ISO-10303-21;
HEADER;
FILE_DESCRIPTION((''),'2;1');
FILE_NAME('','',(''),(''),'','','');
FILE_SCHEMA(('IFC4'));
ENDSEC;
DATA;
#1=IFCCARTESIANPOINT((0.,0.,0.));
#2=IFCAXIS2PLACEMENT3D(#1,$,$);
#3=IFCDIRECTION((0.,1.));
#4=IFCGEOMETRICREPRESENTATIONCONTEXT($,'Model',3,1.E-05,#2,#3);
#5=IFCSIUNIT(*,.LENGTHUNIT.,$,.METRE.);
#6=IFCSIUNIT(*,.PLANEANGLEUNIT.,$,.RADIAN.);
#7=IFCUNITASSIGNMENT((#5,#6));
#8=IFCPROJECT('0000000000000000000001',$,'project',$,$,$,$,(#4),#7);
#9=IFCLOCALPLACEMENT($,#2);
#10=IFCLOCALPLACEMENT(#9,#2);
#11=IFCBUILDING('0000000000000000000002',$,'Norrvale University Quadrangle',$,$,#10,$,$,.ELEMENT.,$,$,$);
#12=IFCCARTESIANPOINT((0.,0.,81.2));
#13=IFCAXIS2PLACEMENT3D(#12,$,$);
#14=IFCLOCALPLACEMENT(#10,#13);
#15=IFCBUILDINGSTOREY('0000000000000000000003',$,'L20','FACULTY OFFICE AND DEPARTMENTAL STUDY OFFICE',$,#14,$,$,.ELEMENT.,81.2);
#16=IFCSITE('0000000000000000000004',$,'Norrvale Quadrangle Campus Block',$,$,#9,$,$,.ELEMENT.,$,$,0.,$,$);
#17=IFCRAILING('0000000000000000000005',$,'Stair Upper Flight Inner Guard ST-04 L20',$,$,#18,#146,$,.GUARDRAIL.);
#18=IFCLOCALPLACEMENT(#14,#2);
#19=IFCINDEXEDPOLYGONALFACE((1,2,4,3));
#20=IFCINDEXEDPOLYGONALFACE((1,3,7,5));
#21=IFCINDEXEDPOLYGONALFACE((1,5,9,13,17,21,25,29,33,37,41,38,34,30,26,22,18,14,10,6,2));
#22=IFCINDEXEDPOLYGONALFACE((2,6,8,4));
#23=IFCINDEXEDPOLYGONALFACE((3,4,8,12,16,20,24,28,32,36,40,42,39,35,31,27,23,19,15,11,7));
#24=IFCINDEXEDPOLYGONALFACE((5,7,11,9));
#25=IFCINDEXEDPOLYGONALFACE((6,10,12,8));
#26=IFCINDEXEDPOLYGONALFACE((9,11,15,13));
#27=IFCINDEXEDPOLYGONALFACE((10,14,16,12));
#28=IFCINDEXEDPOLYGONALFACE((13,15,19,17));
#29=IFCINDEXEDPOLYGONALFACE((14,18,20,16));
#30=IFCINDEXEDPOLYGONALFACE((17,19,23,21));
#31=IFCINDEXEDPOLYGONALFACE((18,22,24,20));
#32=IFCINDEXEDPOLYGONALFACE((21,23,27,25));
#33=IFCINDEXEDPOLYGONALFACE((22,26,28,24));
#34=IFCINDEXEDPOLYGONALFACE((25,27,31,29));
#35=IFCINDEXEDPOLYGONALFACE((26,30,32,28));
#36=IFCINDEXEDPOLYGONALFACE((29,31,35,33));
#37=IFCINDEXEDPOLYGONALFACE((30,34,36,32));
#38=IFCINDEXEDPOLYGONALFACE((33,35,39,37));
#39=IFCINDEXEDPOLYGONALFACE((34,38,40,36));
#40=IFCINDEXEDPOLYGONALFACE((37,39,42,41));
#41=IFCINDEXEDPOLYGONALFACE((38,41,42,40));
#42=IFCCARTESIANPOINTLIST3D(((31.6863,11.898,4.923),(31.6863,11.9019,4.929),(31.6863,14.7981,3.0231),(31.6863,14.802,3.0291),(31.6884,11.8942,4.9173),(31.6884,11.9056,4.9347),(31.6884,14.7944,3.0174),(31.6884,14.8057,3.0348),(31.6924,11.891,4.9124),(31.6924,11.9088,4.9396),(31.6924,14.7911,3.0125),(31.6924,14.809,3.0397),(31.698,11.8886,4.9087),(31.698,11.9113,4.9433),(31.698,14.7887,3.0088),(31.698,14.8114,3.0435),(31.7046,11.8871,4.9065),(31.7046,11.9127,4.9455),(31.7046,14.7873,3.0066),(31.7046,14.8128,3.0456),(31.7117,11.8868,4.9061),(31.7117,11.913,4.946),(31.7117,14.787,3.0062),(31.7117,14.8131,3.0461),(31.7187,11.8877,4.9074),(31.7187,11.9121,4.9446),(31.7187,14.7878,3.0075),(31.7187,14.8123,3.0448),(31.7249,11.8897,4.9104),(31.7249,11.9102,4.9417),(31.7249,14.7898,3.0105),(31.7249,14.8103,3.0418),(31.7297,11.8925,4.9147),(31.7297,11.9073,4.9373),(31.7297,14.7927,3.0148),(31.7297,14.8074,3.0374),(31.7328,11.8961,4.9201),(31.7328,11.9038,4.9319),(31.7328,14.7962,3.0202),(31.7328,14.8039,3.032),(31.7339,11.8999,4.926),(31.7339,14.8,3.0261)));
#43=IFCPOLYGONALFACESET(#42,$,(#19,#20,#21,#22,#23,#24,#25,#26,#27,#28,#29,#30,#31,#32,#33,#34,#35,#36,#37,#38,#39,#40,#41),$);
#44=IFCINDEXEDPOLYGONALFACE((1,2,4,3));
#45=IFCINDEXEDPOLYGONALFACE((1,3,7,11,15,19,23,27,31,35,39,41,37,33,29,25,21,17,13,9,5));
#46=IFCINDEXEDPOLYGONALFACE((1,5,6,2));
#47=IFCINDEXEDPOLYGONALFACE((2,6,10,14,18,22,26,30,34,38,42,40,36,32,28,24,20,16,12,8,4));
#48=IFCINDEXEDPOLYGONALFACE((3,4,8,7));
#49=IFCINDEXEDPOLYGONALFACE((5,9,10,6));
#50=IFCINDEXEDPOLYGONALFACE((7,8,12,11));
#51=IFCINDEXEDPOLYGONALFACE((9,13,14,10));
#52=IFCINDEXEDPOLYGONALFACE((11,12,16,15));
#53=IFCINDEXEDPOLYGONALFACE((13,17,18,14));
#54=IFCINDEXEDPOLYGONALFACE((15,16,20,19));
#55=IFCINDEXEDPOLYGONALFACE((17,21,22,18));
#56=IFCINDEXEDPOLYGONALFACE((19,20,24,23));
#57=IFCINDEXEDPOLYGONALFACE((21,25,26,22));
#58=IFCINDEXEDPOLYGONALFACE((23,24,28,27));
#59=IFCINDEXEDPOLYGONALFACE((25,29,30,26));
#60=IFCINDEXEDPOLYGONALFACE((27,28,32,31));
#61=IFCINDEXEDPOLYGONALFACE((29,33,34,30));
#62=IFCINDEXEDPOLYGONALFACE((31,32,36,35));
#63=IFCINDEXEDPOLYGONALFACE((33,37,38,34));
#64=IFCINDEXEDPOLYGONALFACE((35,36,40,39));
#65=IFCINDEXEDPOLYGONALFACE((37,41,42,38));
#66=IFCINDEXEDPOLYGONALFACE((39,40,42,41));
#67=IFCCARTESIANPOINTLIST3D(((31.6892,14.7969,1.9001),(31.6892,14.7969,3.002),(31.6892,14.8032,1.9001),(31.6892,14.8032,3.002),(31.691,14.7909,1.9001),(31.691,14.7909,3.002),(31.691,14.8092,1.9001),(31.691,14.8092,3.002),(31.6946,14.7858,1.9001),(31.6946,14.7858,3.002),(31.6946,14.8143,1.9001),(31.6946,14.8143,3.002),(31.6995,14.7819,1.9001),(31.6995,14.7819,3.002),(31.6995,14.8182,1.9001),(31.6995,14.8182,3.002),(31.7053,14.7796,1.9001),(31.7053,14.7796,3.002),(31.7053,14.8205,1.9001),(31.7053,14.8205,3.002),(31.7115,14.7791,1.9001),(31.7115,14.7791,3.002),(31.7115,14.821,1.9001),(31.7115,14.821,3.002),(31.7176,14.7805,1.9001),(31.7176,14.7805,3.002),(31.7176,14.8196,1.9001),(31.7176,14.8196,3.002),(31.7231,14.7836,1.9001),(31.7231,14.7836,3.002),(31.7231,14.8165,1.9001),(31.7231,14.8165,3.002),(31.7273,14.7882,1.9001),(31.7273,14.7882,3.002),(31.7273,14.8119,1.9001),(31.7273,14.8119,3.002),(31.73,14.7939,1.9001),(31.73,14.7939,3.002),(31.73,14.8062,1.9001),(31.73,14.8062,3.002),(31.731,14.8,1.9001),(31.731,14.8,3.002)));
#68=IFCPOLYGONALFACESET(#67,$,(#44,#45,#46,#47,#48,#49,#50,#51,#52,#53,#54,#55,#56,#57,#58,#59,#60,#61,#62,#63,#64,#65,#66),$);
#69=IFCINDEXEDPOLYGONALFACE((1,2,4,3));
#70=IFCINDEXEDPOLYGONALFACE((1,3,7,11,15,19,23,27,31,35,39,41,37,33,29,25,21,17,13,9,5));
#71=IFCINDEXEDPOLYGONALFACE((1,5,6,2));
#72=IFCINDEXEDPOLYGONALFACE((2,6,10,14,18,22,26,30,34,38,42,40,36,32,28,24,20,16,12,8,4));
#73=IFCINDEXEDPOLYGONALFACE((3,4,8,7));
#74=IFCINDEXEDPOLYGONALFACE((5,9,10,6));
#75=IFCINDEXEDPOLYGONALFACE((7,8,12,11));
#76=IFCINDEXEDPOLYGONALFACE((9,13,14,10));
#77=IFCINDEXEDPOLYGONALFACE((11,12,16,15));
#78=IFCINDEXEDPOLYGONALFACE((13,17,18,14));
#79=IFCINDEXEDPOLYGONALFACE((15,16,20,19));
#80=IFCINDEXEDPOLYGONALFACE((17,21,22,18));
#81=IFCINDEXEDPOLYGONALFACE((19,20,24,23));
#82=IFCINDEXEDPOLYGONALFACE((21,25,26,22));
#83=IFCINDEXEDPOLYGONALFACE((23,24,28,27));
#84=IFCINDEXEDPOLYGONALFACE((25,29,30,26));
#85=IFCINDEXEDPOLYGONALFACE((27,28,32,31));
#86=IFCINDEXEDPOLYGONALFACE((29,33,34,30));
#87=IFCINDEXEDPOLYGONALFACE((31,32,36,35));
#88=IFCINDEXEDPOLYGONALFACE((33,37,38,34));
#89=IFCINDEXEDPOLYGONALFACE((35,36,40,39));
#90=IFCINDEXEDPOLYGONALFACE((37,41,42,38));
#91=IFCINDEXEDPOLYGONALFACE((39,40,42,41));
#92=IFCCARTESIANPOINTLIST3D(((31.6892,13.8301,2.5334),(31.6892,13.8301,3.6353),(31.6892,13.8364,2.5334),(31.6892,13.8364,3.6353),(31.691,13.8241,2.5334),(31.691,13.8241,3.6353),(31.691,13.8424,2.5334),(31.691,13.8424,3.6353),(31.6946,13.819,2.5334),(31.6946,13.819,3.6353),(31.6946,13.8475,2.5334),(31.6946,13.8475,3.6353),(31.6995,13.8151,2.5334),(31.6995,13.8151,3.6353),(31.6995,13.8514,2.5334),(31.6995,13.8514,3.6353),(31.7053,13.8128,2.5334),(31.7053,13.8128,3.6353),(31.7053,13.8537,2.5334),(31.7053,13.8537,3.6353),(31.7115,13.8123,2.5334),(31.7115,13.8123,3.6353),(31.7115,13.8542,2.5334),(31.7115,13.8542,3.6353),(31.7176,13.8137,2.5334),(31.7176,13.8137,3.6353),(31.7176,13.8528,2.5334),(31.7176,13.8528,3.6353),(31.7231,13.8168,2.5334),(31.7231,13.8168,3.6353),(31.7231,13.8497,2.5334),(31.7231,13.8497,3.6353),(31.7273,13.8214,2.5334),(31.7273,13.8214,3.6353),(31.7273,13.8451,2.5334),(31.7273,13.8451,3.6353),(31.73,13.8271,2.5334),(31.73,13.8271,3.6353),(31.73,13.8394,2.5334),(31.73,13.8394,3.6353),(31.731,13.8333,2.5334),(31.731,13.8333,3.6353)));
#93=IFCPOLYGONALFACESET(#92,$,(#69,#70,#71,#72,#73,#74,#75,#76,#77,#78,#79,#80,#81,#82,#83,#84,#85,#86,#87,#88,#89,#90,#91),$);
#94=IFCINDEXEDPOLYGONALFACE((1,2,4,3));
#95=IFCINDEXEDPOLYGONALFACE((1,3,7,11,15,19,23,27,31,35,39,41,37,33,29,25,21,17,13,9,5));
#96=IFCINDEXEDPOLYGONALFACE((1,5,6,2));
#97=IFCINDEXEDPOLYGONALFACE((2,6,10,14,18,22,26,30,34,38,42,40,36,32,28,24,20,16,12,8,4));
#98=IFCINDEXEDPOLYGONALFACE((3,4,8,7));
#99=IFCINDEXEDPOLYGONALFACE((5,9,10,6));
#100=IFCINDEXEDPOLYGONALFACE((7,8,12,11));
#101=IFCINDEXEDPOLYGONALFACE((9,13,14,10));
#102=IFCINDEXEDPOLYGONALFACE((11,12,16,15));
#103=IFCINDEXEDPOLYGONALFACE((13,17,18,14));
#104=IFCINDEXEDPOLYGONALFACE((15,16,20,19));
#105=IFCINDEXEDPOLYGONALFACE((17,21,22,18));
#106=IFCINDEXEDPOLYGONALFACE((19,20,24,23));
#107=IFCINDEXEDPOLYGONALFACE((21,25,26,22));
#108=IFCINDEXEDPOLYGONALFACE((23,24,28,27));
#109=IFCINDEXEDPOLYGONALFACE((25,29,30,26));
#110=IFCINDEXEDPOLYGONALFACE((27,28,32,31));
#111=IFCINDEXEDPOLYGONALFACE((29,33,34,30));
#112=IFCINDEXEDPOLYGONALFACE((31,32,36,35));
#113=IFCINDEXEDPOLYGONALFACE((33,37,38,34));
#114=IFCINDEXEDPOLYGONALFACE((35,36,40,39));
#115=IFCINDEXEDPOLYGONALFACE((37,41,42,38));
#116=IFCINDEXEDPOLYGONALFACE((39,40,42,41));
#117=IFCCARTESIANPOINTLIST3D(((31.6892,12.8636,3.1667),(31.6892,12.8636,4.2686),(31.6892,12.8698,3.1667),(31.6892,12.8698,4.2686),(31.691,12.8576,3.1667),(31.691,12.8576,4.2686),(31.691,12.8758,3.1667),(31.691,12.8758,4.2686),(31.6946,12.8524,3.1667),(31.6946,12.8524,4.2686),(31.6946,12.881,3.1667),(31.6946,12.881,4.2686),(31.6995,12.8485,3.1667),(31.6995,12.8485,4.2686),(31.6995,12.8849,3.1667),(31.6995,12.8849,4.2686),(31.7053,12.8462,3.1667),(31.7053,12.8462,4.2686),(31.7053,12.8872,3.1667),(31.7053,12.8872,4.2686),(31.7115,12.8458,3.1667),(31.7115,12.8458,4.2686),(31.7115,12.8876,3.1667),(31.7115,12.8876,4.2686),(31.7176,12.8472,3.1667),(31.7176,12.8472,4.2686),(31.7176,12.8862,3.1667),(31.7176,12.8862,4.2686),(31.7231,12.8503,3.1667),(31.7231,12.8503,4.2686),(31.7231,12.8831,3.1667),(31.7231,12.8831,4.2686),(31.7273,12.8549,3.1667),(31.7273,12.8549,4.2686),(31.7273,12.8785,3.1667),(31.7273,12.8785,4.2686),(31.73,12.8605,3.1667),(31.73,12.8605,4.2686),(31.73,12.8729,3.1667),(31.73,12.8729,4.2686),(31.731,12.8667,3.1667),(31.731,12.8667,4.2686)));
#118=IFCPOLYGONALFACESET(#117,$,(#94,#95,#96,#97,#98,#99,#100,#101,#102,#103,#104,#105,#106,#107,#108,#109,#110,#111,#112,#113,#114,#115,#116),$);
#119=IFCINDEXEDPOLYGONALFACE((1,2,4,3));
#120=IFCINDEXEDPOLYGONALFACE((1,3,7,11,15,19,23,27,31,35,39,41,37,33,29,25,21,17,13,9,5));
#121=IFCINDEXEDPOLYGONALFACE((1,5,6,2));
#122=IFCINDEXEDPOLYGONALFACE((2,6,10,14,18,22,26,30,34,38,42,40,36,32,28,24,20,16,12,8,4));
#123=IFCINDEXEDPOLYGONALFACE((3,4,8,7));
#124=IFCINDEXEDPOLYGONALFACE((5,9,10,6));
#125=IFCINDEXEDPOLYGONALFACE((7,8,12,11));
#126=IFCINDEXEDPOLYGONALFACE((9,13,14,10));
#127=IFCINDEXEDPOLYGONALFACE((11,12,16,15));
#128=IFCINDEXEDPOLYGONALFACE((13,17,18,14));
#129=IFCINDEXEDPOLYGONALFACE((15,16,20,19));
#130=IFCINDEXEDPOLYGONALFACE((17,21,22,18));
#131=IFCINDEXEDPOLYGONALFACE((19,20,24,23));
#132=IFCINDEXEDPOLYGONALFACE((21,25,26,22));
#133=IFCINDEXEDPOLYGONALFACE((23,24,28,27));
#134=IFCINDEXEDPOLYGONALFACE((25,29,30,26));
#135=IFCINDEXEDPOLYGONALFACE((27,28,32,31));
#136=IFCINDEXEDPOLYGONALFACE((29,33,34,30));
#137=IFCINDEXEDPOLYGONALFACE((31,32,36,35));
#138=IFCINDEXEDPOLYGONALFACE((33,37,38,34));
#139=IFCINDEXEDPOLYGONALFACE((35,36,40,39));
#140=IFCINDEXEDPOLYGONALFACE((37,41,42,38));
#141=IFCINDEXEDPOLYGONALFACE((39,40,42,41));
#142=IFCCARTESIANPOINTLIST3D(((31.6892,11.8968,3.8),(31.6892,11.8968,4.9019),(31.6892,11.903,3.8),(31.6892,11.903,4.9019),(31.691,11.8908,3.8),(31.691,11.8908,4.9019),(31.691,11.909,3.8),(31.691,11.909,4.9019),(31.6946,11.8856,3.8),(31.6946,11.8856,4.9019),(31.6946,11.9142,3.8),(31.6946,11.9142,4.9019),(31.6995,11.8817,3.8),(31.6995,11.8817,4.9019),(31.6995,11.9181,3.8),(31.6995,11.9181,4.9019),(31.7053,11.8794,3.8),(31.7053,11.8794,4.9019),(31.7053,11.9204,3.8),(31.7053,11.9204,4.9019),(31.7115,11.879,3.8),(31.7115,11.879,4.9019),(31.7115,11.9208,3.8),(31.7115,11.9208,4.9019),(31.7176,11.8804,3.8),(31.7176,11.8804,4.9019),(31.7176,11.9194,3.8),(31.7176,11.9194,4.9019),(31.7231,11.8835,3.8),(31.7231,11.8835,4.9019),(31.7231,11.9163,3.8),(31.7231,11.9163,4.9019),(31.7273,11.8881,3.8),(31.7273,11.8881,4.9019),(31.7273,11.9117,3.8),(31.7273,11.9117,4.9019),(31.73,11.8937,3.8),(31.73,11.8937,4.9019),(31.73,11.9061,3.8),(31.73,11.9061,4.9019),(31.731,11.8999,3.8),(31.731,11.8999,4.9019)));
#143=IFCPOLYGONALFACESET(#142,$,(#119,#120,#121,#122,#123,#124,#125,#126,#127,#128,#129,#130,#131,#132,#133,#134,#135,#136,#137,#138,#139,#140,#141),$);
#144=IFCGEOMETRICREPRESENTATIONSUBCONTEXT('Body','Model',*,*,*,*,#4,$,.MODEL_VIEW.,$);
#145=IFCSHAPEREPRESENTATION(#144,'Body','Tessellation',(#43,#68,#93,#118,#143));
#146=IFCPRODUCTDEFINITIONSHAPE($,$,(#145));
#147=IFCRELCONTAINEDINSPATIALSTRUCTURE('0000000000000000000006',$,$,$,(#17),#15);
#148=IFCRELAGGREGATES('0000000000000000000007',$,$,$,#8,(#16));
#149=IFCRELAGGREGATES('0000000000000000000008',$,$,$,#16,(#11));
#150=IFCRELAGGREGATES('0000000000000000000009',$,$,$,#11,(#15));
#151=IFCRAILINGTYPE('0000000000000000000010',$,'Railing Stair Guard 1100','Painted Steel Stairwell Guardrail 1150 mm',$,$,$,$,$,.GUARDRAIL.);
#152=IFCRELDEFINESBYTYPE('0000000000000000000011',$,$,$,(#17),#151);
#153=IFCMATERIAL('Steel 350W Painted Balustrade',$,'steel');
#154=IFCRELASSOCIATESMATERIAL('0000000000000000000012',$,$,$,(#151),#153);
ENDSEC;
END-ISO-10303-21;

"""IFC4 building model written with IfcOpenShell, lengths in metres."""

from ifc_helpers import new_model, si_unit, direction, frame, origin, origin_2d, place, context, subcontext, project, spatial, circle, extrude, material, type_object, element, save


model = new_model("IFC4")

# Units and contexts
model_context = context("Model", 3, precision=1e-05, world=origin(), true_north=direction((0.0, 1.0)))
body_context = subcontext(model_context, "Body", "Model", "MODEL_VIEW")
ifc_project = project(units=[si_unit("LENGTHUNIT", "METRE"), si_unit("PLANEANGLEUNIT", "RADIAN")], contexts=[model_context])

# Site, building, storey
site_placement = place(None, origin())
site = spatial("IfcSite", under=ifc_project, at=site_placement, Name="Norrvale Quadrangle Campus Block", CompositionType="ELEMENT", RefElevation=0.0)
building_placement = place(site_placement, origin())
building = spatial("IfcBuilding", under=site, at=building_placement, Name="Norrvale University Quadrangle", CompositionType="ELEMENT")
storey_placement = place(building_placement, frame((0.0, 0.0, 81.2)))
storey = spatial("IfcBuildingStorey", under=building, at=storey_placement, Name="L20", Description="FACULTY OFFICE AND DEPARTMENTAL STUDY OFFICE", CompositionType="ELEMENT", Elevation=81.2)

# Railing
ifc_material_1 = material(Name="Steel 350W Painted Balustrade", Category="steel")
railing_type_1 = type_object("IfcRailingType", Name="Railing Stair Guard 1100", Description="Painted Steel Stairwell Guardrail 1150 mm", PredefinedType="GUARDRAIL", material=ifc_material_1)
railing_1_placement = place(storey_placement, frame((31.71, 14.8, 1.9001)))
element("IfcRailing", 1, at=railing_1_placement, inside=storey, type_object=railing_type_1, Name="Stair Upper Flight Inner Guard ST-04 L20", PredefinedType="GUARDRAIL", context=body_context, shape_type="SweptSolid", body=[
    extrude(circle(Radius=0.0239, at=origin_2d()), frame((0.0, 0.0, 1.126), z_axis=(0.0, -0.836487, 0.547987), x_axis=(1.0, 0.0, 0.0)), (0.0, 0.0, 1.0), 3.467),
    extrude(circle(Radius=0.021, at=origin_2d()), origin(), (0.0, 0.0, 1.0), 1.1018),
    extrude(circle(Radius=0.021, at=origin_2d()), frame((0.0, -0.9668, 0.6333)), (0.0, 0.0, 1.0), 1.1018),
    extrude(circle(Radius=0.021, at=origin_2d()), frame((0.0, -1.9333, 1.2666)), (0.0, 0.0, 1.0), 1.1018),
    extrude(circle(Radius=0.021, at=origin_2d()), frame((0.0, -2.9001, 1.8999)), (0.0, 0.0, 1.0), 1.1018),
])

save(model, "model.ifc")
